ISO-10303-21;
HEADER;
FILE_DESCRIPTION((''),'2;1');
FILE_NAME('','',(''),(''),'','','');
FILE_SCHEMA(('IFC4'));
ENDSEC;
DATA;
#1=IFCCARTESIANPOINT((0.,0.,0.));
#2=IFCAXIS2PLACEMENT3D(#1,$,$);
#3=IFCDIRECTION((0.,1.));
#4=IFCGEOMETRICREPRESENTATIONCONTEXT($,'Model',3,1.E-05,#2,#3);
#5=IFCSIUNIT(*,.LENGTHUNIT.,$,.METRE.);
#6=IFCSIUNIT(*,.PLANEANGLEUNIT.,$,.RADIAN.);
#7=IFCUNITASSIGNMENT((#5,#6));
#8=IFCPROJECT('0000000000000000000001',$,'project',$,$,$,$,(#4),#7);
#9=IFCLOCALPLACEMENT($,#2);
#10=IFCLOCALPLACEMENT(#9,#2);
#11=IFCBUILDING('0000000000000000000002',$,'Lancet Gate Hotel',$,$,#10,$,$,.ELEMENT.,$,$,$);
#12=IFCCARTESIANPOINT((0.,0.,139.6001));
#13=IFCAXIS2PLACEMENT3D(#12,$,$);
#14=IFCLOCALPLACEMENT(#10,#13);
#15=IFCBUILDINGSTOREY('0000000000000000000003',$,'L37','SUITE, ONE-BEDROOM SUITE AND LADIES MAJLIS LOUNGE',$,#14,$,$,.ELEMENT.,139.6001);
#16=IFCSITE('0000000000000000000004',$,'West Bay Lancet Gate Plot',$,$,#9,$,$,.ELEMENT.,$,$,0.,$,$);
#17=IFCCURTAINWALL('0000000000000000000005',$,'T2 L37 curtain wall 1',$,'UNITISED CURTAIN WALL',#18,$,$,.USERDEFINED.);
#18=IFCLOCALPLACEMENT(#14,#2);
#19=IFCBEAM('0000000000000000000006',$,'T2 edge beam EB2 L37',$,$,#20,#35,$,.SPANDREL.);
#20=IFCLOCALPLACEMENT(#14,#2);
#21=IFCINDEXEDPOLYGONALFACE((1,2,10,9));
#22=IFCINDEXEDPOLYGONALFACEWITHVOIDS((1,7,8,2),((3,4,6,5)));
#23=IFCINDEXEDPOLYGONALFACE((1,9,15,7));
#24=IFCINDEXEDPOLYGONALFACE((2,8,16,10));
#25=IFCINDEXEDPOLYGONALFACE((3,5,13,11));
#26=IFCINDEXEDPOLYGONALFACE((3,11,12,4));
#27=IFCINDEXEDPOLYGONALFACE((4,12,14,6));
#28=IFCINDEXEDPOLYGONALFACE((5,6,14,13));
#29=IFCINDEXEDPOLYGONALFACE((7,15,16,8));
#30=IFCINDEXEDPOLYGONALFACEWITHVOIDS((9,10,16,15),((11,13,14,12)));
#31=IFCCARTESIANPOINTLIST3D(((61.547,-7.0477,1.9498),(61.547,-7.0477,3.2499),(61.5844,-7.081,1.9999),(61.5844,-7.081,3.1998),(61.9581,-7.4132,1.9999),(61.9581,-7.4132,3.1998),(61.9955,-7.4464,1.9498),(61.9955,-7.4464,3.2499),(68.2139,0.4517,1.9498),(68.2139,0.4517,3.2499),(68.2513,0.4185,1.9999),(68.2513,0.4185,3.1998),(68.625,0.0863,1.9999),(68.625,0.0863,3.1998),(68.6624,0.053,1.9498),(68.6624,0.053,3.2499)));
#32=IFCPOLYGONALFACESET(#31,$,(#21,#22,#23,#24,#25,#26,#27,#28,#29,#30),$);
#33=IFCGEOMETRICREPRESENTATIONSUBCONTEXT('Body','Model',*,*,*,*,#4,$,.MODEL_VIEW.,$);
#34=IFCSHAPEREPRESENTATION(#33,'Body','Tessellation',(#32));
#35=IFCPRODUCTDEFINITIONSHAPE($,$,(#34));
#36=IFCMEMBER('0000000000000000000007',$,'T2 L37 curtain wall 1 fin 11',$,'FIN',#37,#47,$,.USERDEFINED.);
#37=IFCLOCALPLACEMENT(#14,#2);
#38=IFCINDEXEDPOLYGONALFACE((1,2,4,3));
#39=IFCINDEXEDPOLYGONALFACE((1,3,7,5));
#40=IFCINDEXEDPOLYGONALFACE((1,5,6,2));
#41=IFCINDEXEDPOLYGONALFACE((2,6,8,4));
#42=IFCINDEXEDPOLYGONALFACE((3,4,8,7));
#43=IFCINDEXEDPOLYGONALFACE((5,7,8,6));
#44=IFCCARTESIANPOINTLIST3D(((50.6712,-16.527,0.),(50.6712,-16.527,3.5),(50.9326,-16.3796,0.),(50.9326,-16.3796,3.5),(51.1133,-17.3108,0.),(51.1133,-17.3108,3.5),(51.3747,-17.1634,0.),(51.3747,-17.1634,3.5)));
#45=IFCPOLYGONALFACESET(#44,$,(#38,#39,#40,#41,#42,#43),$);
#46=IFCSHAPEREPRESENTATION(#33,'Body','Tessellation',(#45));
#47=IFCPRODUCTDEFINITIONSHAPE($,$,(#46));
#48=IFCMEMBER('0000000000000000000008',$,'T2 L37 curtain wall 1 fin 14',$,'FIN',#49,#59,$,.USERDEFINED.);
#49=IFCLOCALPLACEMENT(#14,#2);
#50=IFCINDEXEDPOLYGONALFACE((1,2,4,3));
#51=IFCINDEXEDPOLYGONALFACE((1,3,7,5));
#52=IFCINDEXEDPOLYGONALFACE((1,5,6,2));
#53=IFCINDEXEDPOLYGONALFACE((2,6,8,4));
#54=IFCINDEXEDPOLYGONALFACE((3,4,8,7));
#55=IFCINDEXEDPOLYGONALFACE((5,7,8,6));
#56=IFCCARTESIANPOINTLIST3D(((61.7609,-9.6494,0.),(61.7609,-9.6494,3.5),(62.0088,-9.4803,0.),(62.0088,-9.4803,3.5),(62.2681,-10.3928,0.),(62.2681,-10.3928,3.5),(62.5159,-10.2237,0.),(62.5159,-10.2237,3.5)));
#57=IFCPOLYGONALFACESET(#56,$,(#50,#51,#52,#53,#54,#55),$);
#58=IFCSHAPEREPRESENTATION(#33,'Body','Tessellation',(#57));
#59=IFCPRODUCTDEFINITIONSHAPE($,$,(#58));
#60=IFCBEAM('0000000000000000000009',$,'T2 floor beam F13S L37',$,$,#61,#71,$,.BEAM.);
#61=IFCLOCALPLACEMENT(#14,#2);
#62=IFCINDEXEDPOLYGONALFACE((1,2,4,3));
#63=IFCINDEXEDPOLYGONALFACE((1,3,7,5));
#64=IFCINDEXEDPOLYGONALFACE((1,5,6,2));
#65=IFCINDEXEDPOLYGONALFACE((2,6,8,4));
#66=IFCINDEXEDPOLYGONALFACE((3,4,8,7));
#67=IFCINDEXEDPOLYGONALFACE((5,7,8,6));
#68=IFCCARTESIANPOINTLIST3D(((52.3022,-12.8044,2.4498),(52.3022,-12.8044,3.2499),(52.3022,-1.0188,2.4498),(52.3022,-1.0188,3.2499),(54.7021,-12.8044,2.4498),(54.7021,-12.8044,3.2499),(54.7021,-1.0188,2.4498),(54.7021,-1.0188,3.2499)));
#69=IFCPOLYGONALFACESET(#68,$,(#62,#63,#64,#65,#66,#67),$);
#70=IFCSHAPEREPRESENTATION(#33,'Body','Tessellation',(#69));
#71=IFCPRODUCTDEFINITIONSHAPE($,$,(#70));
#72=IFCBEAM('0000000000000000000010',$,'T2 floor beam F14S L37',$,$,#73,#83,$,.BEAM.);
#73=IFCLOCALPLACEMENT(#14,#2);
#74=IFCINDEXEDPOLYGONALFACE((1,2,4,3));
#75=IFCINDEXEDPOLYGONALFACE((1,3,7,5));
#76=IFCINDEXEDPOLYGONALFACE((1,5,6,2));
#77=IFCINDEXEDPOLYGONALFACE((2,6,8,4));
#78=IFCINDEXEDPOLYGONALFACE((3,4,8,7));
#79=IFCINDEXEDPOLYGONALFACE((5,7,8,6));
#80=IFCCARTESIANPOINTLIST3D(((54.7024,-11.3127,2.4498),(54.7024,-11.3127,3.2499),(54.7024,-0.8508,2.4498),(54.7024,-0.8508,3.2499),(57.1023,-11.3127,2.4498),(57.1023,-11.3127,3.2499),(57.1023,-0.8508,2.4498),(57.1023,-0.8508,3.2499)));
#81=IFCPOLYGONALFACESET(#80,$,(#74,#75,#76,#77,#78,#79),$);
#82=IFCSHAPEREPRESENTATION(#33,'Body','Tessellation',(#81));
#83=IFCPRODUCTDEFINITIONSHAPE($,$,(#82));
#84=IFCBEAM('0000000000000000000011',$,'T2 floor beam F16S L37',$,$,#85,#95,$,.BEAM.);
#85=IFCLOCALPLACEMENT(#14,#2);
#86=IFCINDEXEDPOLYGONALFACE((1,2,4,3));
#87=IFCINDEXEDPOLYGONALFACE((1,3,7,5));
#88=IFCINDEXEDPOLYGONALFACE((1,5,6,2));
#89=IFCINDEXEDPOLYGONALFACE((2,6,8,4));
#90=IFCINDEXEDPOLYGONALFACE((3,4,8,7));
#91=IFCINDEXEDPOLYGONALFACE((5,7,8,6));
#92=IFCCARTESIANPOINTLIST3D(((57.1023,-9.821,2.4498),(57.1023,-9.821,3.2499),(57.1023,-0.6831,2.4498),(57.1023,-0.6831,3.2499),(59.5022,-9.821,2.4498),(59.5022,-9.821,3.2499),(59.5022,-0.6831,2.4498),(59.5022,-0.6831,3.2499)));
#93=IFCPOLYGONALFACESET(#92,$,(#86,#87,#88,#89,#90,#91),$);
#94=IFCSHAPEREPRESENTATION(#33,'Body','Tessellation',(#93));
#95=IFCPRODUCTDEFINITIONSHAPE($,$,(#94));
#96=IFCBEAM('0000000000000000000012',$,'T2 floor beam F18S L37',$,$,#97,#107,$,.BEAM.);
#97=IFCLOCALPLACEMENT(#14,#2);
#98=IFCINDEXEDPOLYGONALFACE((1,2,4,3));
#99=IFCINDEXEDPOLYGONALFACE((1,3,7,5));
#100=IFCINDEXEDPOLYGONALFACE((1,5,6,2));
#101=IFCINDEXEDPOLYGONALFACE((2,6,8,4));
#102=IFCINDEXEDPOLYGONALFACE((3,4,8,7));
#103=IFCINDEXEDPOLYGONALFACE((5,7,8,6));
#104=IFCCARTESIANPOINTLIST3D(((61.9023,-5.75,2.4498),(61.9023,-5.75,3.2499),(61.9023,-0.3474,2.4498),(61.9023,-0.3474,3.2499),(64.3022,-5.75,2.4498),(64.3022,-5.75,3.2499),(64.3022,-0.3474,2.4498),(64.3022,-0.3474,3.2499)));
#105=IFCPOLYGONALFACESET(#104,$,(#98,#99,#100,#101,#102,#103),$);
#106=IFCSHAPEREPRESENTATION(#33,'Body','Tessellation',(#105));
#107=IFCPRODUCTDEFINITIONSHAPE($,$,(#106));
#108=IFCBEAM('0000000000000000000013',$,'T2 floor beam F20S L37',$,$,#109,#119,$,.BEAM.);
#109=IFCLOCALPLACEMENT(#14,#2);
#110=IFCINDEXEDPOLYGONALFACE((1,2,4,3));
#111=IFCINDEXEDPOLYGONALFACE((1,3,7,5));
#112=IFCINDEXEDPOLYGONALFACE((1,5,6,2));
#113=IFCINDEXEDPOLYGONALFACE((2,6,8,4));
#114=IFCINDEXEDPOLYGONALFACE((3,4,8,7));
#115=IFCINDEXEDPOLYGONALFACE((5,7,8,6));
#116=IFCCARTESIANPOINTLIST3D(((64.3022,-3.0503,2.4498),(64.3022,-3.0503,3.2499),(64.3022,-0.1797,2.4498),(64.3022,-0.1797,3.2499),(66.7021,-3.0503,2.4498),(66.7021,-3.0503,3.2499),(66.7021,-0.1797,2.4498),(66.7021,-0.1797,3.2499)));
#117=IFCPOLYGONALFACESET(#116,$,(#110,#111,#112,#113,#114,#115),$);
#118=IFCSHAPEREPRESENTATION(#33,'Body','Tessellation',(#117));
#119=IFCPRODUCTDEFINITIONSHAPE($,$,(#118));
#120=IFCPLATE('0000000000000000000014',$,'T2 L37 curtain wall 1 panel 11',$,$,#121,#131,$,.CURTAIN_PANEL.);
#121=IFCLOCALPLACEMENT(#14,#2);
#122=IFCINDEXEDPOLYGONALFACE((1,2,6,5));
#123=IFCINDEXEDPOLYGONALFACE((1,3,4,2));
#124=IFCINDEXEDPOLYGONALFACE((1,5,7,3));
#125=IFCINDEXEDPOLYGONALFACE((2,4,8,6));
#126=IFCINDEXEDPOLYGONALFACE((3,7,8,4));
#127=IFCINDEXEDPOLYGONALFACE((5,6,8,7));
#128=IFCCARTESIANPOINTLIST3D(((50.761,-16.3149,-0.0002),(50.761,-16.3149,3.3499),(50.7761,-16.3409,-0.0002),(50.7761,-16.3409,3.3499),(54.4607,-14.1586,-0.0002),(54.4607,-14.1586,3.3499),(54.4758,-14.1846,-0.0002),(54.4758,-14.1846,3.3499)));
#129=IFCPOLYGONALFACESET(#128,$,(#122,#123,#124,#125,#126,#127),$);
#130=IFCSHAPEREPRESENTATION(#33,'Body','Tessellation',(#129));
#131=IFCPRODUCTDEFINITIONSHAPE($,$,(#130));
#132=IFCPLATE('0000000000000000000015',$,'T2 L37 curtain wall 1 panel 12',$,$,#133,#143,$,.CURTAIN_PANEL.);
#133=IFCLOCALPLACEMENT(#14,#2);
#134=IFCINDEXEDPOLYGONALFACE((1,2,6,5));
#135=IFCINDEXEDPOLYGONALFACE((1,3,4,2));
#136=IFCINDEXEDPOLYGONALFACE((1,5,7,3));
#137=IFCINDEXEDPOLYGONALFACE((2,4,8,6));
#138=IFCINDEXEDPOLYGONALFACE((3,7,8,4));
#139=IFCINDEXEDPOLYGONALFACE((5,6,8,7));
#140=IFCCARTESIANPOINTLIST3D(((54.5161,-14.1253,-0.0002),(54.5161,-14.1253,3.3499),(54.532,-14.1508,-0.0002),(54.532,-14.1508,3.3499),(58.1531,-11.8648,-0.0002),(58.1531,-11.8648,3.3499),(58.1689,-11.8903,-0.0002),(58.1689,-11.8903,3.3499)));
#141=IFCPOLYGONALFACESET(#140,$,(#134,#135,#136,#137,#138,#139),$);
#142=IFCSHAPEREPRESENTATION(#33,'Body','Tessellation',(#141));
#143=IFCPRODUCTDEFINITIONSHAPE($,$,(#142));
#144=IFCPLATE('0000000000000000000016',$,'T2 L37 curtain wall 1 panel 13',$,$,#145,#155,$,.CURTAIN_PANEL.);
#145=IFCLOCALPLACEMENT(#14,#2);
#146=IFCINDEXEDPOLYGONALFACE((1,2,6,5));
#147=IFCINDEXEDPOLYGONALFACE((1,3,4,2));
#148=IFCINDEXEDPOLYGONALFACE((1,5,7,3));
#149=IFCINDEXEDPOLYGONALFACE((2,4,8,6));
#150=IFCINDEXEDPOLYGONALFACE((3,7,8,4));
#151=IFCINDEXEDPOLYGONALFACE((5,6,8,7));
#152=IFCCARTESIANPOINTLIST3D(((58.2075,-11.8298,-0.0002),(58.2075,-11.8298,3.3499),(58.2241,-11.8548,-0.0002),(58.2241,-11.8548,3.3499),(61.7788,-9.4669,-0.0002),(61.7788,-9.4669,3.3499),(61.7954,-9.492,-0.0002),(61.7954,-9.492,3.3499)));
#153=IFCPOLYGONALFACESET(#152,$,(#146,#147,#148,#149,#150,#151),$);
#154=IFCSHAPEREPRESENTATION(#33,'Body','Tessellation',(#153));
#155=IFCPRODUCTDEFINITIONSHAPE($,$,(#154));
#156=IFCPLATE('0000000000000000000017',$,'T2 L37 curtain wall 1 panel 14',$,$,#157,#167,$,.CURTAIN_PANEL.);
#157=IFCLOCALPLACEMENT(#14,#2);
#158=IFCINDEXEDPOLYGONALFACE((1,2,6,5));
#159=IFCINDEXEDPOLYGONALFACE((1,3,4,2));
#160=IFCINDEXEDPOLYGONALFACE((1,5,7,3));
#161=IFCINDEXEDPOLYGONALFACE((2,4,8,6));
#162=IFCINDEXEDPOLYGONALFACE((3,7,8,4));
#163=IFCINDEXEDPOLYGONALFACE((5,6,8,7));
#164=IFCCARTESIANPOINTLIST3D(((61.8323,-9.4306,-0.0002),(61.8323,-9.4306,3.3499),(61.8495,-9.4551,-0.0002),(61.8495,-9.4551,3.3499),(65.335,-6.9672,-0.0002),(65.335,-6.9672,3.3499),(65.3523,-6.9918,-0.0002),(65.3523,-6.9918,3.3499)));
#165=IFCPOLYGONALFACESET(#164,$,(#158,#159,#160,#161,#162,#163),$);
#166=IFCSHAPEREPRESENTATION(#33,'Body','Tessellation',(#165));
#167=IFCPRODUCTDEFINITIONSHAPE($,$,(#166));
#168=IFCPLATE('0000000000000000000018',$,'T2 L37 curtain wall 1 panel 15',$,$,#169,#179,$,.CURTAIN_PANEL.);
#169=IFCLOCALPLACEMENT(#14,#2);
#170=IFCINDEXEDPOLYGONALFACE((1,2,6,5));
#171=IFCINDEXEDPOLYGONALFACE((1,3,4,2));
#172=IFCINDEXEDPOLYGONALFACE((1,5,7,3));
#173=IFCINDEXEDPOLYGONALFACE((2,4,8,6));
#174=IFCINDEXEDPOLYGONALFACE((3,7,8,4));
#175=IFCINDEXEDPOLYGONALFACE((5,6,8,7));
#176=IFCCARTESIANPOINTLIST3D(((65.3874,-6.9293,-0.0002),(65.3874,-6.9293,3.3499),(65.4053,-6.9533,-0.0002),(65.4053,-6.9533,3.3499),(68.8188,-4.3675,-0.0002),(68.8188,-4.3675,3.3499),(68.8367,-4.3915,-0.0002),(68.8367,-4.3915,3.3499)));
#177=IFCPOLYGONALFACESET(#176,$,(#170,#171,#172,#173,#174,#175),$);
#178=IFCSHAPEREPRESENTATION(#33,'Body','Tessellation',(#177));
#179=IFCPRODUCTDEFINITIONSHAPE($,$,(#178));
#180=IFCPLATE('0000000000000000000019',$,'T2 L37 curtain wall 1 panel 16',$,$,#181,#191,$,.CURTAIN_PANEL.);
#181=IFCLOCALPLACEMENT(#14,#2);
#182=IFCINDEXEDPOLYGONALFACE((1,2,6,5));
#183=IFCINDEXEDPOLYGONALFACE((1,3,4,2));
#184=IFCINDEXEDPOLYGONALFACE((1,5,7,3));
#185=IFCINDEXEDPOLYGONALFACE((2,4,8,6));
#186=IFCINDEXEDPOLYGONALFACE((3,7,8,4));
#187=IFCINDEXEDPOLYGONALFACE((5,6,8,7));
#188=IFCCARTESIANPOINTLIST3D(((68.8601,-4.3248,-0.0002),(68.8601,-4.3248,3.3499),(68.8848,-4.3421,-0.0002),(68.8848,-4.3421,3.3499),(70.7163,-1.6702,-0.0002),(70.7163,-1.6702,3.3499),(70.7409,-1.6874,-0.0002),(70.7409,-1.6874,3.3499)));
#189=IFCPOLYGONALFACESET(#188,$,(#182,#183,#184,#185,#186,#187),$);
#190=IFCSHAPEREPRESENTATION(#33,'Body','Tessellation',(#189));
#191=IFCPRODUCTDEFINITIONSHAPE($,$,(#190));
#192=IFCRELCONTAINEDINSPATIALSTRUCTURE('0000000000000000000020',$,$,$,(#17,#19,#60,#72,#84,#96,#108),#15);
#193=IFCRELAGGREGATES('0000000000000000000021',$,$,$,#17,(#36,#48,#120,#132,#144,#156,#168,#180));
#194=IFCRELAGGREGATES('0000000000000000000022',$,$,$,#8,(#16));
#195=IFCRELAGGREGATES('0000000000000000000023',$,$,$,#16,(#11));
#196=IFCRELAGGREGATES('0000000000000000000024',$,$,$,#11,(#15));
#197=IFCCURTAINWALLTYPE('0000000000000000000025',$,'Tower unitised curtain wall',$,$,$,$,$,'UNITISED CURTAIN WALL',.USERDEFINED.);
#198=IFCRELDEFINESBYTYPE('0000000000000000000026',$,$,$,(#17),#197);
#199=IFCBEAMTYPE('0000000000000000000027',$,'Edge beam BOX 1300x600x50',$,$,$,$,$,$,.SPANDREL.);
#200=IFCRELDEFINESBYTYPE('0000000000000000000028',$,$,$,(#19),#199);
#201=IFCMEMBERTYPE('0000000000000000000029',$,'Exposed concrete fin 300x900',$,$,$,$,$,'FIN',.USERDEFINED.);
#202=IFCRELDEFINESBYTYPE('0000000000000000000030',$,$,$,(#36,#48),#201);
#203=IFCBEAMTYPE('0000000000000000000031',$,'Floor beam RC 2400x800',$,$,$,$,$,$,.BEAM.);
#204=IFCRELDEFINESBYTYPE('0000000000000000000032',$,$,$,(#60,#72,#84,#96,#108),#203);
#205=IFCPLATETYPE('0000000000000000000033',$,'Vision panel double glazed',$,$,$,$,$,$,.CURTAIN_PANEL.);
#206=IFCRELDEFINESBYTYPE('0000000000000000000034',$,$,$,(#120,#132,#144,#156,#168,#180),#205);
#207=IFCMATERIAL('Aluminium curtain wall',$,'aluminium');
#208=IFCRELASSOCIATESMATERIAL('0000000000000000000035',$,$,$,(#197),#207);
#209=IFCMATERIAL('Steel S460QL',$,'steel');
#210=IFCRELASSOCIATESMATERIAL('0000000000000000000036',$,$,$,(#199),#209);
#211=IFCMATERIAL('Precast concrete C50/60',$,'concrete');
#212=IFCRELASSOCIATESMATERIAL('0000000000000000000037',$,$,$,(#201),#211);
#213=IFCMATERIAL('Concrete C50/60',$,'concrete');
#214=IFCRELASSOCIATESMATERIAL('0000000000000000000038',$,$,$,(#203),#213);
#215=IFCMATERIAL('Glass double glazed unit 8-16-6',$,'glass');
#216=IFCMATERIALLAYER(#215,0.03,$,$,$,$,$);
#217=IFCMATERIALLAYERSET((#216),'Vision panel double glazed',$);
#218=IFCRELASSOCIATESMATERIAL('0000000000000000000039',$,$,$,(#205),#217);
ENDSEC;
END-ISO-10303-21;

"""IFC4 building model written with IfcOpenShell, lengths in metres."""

from ifc_helpers import new_model, si_unit, direction, frame, origin, origin_2d, place, context, subcontext, project, spatial, rectangle, hollow_rectangle, extrude, material, layer, layer_set, material_profile, profile_set, type_object, element, aggregate, save


model = new_model("IFC4")

# Units and contexts
model_context = context("Model", 3, precision=1e-05, world=origin(), true_north=direction((0.0, 1.0)))
body_context = subcontext(model_context, "Body", "Model", "MODEL_VIEW")
ifc_project = project(units=[si_unit("LENGTHUNIT", "METRE"), si_unit("PLANEANGLEUNIT", "RADIAN")], contexts=[model_context])

# Site, building, storey
site_placement = place(None, origin())
site = spatial("IfcSite", under=ifc_project, at=site_placement, Name="West Bay Lancet Gate Plot", CompositionType="ELEMENT", RefElevation=0.0)
building_placement = place(site_placement, origin())
building = spatial("IfcBuilding", under=site, at=building_placement, Name="Lancet Gate Hotel", CompositionType="ELEMENT")
storey_placement = place(building_placement, frame((0.0, 0.0, 139.6001)))
storey = spatial("IfcBuildingStorey", under=building, at=storey_placement, Name="L37", Description="SUITE, ONE-BEDROOM SUITE AND LADIES MAJLIS LOUNGE", CompositionType="ELEMENT", Elevation=139.6001)

# Curtain wall
ifc_material_1 = material(Name="Aluminium curtain wall", Category="aluminium")
curtain_wall_type = type_object("IfcCurtainWallType", Name="Tower unitised curtain wall", ElementType="UNITISED CURTAIN WALL", PredefinedType="USERDEFINED", material=ifc_material_1)
curtain_wall_placement = place(storey_placement, origin())
curtain_wall = element("IfcCurtainWall", 1, at=curtain_wall_placement, inside=storey, type_object=curtain_wall_type, Name="T2 L37 curtain wall 1", ObjectType="UNITISED CURTAIN WALL", PredefinedType="USERDEFINED")

# Beam
ifc_material_2 = material(Name="Steel S460QL", Category="steel")
ifc_material_profile_1 = material_profile(ifc_material_2, hollow_rectangle(XDim=0.6001, YDim=1.3, WallThickness=0.05, at=origin_2d()), Name="BOX 1300x600x50")
ifc_profile_set_1 = profile_set([ifc_material_profile_1], Name="Steel S460QL")
beam_type_1 = type_object("IfcBeamType", Name="Edge beam BOX 1300x600x50", PredefinedType="SPANDREL", material=ifc_profile_set_1)
beam_1_placement = place(storey_placement, frame((61.7712, -7.2471, 2.5999), z_axis=(0.664406, 0.747372, 0.0), x_axis=(-0.747372, 0.664406, 0.0)))
element("IfcBeam", 2, at=beam_1_placement, inside=storey, type_object=beam_type_1, Name="T2 edge beam EB2 L37", PredefinedType="SPANDREL", context=body_context, shape_type="SweptSolid", body=[
    extrude(hollow_rectangle(XDim=0.6001, YDim=1.3, WallThickness=0.05, at=origin_2d()), origin(), (0.0, 0.0, 1.0), 10.0344),
])

# Members
ifc_material_3 = material(Name="Precast concrete C50/60", Category="concrete")
ifc_material_profile_2 = material_profile(ifc_material_3, rectangle(XDim=0.3, YDim=0.8999, at=origin_2d()), Name="FIN 300x900")
ifc_profile_set_2 = profile_set([ifc_material_profile_2], Name="Precast concrete C50/60")
member_type_1 = type_object("IfcMemberType", Name="Exposed concrete fin 300x900", ElementType="FIN", PredefinedType="USERDEFINED", material=ifc_profile_set_2)
member_1_placement = place(storey_placement, frame((51.0229, -16.8452, 0.0), z_axis=(0.0, 0.0, 1.0), x_axis=(0.871029, 0.491232, 0.0)))
member_1 = element("IfcMember", 3, at=member_1_placement, type_object=member_type_1, Name="T2 L37 curtain wall 1 fin 11", ObjectType="FIN", PredefinedType="USERDEFINED", context=body_context, shape_type="SweptSolid", body=[
    extrude(rectangle(XDim=0.3, YDim=0.8999, at=origin_2d()), origin(), (0.0, 0.0, 1.0), 3.5),
])
member_2_placement = place(storey_placement, frame((62.1384, -9.9365, 0.0), z_axis=(0.0, 0.0, 1.0), x_axis=(0.826066, 0.563574, 0.0)))
member_2 = element("IfcMember", 4, at=member_2_placement, type_object=member_type_1, Name="T2 L37 curtain wall 1 fin 14", ObjectType="FIN", PredefinedType="USERDEFINED", context=body_context, shape_type="SweptSolid", body=[
    extrude(rectangle(XDim=0.3, YDim=0.8999, at=origin_2d()), origin(), (0.0, 0.0, 1.0), 3.5),
])

# Beams
ifc_material_4 = material(Name="Concrete C50/60", Category="concrete")
ifc_material_profile_3 = material_profile(ifc_material_4, rectangle(XDim=2.3999, YDim=0.8, at=origin_2d()), Name="RC 2400x800")
ifc_profile_set_3 = profile_set([ifc_material_profile_3], Name="Concrete C50/60")
beam_type_2 = type_object("IfcBeamType", Name="Floor beam RC 2400x800", PredefinedType="BEAM", material=ifc_profile_set_3)
beam_2_placement = place(storey_placement, frame((53.5022, -12.8044, 2.8499), z_axis=(0.0, 1.0, 0.0), x_axis=(-1.0, 0.0, 0.0)))
element("IfcBeam", 5, at=beam_2_placement, inside=storey, type_object=beam_type_2, Name="T2 floor beam F13S L37", PredefinedType="BEAM", context=body_context, shape_type="SweptSolid", body=[
    extrude(rectangle(XDim=2.3999, YDim=0.8, at=origin_2d()), origin(), (0.0, 0.0, 1.0), 11.7856),
])
beam_3_placement = place(storey_placement, frame((55.9023, -11.3127, 2.8499), z_axis=(0.0, 1.0, 0.0), x_axis=(-1.0, 0.0, 0.0)))
element("IfcBeam", 6, at=beam_3_placement, inside=storey, type_object=beam_type_2, Name="T2 floor beam F14S L37", PredefinedType="BEAM", context=body_context, shape_type="SweptSolid", body=[
    extrude(rectangle(XDim=2.3999, YDim=0.8, at=origin_2d()), origin(), (0.0, 0.0, 1.0), 10.4619),
])
beam_4_placement = place(storey_placement, frame((58.3022, -9.821, 2.8499), z_axis=(0.0, 1.0, 0.0), x_axis=(-1.0, 0.0, 0.0)))
element("IfcBeam", 7, at=beam_4_placement, inside=storey, type_object=beam_type_2, Name="T2 floor beam F16S L37", PredefinedType="BEAM", context=body_context, shape_type="SweptSolid", body=[
    extrude(rectangle(XDim=2.3999, YDim=0.8, at=origin_2d()), origin(), (0.0, 0.0, 1.0), 9.1379),
])
beam_5_placement = place(storey_placement, frame((63.1023, -5.75, 2.8499), z_axis=(0.0, 1.0, 0.0), x_axis=(-1.0, 0.0, 0.0)))
element("IfcBeam", 8, at=beam_5_placement, inside=storey, type_object=beam_type_2, Name="T2 floor beam F18S L37", PredefinedType="BEAM", context=body_context, shape_type="SweptSolid", body=[
    extrude(rectangle(XDim=2.3999, YDim=0.8, at=origin_2d()), origin(), (0.0, 0.0, 1.0), 5.4026),
])
beam_6_placement = place(storey_placement, frame((65.5022, -3.0503, 2.8499), z_axis=(0.0, 1.0, 0.0), x_axis=(-1.0, 0.0, 0.0)))
element("IfcBeam", 9, at=beam_6_placement, inside=storey, type_object=beam_type_2, Name="T2 floor beam F20S L37", PredefinedType="BEAM", context=body_context, shape_type="SweptSolid", body=[
    extrude(rectangle(XDim=2.3999, YDim=0.8, at=origin_2d()), origin(), (0.0, 0.0, 1.0), 2.8706),
])

# Plates
ifc_material_5 = material(Name="Glass double glazed unit 8-16-6", Category="glass")
ifc_layer_1 = layer(ifc_material_5, 0.03)
ifc_layer_set_1 = layer_set([ifc_layer_1], Name="Vision panel double glazed")
plate_type = type_object("IfcPlateType", Name="Vision panel double glazed", PredefinedType="CURTAIN_PANEL", material=ifc_layer_set_1)
plate_1_placement = place(storey_placement, frame((52.6184, -15.2498, -0.0002), z_axis=(0.0, 0.0, 1.0), x_axis=(0.863966, 0.503551, 0.0)))
plate_1 = element("IfcPlate", 10, at=plate_1_placement, type_object=plate_type, Name="T2 L37 curtain wall 1 panel 11", PredefinedType="CURTAIN_PANEL", context=body_context, shape_type="SweptSolid", body=[
    extrude(rectangle(XDim=4.2822, YDim=0.03, at=origin_2d()), origin(), (0.0, 0.0, 1.0), 3.3501),
])
plate_2_placement = place(storey_placement, frame((56.3425, -13.0078, -0.0002), z_axis=(0.0, 0.0, 1.0), x_axis=(0.849318, 0.527882, 0.0)))
plate_2 = element("IfcPlate", 11, at=plate_2_placement, type_object=plate_type, Name="T2 L37 curtain wall 1 panel 12", PredefinedType="CURTAIN_PANEL", context=body_context, shape_type="SweptSolid", body=[
    extrude(rectangle(XDim=4.2822, YDim=0.03, at=origin_2d()), origin(), (0.0, 0.0, 1.0), 3.3501),
])
plate_3_placement = place(storey_placement, frame((60.0015, -10.6609, -0.0002), z_axis=(0.0, 0.0, 1.0), x_axis=(0.833985, 0.551787, 0.0)))
plate_3 = element("IfcPlate", 12, at=plate_3_placement, type_object=plate_type, Name="T2 L37 curtain wall 1 panel 13", PredefinedType="CURTAIN_PANEL", context=body_context, shape_type="SweptSolid", body=[
    extrude(rectangle(XDim=4.2822, YDim=0.03, at=origin_2d()), origin(), (0.0, 0.0, 1.0), 3.3501),
])
plate_4_placement = place(storey_placement, frame((63.5923, -8.2112, -0.0002), z_axis=(0.0, 0.0, 1.0), x_axis=(0.817979, 0.575247, 0.0)))
plate_4 = element("IfcPlate", 13, at=plate_4_placement, type_object=plate_type, Name="T2 L37 curtain wall 1 panel 14", PredefinedType="CURTAIN_PANEL", context=body_context, shape_type="SweptSolid", body=[
    extrude(rectangle(XDim=4.2822, YDim=0.03, at=origin_2d()), origin(), (0.0, 0.0, 1.0), 3.3501),
])
plate_5_placement = place(storey_placement, frame((67.1121, -5.6604, -0.0002), z_axis=(0.0, 0.0, 1.0), x_axis=(0.801314, 0.598244, 0.0)))
plate_5 = element("IfcPlate", 14, at=plate_5_placement, type_object=plate_type, Name="T2 L37 curtain wall 1 panel 15", PredefinedType="CURTAIN_PANEL", context=body_context, shape_type="SweptSolid", body=[
    extrude(rectangle(XDim=4.2822, YDim=0.03, at=origin_2d()), origin(), (0.0, 0.0, 1.0), 3.3501),
])
plate_6_placement = place(storey_placement, frame((69.8005, -3.0061, -0.0002), z_axis=(0.0, 0.0, 1.0), x_axis=(0.573025, 0.819538, 0.0)))
plate_6 = element("IfcPlate", 15, at=plate_6_placement, type_object=plate_type, Name="T2 L37 curtain wall 1 panel 16", PredefinedType="CURTAIN_PANEL", context=body_context, shape_type="SweptSolid", body=[
    extrude(rectangle(XDim=3.2393, YDim=0.03, at=origin_2d()), origin(), (0.0, 0.0, 1.0), 3.3501),
])
aggregate(curtain_wall, [member_1, member_2, plate_1, plate_2, plate_3, plate_4, plate_5, plate_6])

save(model, "model.ifc")
